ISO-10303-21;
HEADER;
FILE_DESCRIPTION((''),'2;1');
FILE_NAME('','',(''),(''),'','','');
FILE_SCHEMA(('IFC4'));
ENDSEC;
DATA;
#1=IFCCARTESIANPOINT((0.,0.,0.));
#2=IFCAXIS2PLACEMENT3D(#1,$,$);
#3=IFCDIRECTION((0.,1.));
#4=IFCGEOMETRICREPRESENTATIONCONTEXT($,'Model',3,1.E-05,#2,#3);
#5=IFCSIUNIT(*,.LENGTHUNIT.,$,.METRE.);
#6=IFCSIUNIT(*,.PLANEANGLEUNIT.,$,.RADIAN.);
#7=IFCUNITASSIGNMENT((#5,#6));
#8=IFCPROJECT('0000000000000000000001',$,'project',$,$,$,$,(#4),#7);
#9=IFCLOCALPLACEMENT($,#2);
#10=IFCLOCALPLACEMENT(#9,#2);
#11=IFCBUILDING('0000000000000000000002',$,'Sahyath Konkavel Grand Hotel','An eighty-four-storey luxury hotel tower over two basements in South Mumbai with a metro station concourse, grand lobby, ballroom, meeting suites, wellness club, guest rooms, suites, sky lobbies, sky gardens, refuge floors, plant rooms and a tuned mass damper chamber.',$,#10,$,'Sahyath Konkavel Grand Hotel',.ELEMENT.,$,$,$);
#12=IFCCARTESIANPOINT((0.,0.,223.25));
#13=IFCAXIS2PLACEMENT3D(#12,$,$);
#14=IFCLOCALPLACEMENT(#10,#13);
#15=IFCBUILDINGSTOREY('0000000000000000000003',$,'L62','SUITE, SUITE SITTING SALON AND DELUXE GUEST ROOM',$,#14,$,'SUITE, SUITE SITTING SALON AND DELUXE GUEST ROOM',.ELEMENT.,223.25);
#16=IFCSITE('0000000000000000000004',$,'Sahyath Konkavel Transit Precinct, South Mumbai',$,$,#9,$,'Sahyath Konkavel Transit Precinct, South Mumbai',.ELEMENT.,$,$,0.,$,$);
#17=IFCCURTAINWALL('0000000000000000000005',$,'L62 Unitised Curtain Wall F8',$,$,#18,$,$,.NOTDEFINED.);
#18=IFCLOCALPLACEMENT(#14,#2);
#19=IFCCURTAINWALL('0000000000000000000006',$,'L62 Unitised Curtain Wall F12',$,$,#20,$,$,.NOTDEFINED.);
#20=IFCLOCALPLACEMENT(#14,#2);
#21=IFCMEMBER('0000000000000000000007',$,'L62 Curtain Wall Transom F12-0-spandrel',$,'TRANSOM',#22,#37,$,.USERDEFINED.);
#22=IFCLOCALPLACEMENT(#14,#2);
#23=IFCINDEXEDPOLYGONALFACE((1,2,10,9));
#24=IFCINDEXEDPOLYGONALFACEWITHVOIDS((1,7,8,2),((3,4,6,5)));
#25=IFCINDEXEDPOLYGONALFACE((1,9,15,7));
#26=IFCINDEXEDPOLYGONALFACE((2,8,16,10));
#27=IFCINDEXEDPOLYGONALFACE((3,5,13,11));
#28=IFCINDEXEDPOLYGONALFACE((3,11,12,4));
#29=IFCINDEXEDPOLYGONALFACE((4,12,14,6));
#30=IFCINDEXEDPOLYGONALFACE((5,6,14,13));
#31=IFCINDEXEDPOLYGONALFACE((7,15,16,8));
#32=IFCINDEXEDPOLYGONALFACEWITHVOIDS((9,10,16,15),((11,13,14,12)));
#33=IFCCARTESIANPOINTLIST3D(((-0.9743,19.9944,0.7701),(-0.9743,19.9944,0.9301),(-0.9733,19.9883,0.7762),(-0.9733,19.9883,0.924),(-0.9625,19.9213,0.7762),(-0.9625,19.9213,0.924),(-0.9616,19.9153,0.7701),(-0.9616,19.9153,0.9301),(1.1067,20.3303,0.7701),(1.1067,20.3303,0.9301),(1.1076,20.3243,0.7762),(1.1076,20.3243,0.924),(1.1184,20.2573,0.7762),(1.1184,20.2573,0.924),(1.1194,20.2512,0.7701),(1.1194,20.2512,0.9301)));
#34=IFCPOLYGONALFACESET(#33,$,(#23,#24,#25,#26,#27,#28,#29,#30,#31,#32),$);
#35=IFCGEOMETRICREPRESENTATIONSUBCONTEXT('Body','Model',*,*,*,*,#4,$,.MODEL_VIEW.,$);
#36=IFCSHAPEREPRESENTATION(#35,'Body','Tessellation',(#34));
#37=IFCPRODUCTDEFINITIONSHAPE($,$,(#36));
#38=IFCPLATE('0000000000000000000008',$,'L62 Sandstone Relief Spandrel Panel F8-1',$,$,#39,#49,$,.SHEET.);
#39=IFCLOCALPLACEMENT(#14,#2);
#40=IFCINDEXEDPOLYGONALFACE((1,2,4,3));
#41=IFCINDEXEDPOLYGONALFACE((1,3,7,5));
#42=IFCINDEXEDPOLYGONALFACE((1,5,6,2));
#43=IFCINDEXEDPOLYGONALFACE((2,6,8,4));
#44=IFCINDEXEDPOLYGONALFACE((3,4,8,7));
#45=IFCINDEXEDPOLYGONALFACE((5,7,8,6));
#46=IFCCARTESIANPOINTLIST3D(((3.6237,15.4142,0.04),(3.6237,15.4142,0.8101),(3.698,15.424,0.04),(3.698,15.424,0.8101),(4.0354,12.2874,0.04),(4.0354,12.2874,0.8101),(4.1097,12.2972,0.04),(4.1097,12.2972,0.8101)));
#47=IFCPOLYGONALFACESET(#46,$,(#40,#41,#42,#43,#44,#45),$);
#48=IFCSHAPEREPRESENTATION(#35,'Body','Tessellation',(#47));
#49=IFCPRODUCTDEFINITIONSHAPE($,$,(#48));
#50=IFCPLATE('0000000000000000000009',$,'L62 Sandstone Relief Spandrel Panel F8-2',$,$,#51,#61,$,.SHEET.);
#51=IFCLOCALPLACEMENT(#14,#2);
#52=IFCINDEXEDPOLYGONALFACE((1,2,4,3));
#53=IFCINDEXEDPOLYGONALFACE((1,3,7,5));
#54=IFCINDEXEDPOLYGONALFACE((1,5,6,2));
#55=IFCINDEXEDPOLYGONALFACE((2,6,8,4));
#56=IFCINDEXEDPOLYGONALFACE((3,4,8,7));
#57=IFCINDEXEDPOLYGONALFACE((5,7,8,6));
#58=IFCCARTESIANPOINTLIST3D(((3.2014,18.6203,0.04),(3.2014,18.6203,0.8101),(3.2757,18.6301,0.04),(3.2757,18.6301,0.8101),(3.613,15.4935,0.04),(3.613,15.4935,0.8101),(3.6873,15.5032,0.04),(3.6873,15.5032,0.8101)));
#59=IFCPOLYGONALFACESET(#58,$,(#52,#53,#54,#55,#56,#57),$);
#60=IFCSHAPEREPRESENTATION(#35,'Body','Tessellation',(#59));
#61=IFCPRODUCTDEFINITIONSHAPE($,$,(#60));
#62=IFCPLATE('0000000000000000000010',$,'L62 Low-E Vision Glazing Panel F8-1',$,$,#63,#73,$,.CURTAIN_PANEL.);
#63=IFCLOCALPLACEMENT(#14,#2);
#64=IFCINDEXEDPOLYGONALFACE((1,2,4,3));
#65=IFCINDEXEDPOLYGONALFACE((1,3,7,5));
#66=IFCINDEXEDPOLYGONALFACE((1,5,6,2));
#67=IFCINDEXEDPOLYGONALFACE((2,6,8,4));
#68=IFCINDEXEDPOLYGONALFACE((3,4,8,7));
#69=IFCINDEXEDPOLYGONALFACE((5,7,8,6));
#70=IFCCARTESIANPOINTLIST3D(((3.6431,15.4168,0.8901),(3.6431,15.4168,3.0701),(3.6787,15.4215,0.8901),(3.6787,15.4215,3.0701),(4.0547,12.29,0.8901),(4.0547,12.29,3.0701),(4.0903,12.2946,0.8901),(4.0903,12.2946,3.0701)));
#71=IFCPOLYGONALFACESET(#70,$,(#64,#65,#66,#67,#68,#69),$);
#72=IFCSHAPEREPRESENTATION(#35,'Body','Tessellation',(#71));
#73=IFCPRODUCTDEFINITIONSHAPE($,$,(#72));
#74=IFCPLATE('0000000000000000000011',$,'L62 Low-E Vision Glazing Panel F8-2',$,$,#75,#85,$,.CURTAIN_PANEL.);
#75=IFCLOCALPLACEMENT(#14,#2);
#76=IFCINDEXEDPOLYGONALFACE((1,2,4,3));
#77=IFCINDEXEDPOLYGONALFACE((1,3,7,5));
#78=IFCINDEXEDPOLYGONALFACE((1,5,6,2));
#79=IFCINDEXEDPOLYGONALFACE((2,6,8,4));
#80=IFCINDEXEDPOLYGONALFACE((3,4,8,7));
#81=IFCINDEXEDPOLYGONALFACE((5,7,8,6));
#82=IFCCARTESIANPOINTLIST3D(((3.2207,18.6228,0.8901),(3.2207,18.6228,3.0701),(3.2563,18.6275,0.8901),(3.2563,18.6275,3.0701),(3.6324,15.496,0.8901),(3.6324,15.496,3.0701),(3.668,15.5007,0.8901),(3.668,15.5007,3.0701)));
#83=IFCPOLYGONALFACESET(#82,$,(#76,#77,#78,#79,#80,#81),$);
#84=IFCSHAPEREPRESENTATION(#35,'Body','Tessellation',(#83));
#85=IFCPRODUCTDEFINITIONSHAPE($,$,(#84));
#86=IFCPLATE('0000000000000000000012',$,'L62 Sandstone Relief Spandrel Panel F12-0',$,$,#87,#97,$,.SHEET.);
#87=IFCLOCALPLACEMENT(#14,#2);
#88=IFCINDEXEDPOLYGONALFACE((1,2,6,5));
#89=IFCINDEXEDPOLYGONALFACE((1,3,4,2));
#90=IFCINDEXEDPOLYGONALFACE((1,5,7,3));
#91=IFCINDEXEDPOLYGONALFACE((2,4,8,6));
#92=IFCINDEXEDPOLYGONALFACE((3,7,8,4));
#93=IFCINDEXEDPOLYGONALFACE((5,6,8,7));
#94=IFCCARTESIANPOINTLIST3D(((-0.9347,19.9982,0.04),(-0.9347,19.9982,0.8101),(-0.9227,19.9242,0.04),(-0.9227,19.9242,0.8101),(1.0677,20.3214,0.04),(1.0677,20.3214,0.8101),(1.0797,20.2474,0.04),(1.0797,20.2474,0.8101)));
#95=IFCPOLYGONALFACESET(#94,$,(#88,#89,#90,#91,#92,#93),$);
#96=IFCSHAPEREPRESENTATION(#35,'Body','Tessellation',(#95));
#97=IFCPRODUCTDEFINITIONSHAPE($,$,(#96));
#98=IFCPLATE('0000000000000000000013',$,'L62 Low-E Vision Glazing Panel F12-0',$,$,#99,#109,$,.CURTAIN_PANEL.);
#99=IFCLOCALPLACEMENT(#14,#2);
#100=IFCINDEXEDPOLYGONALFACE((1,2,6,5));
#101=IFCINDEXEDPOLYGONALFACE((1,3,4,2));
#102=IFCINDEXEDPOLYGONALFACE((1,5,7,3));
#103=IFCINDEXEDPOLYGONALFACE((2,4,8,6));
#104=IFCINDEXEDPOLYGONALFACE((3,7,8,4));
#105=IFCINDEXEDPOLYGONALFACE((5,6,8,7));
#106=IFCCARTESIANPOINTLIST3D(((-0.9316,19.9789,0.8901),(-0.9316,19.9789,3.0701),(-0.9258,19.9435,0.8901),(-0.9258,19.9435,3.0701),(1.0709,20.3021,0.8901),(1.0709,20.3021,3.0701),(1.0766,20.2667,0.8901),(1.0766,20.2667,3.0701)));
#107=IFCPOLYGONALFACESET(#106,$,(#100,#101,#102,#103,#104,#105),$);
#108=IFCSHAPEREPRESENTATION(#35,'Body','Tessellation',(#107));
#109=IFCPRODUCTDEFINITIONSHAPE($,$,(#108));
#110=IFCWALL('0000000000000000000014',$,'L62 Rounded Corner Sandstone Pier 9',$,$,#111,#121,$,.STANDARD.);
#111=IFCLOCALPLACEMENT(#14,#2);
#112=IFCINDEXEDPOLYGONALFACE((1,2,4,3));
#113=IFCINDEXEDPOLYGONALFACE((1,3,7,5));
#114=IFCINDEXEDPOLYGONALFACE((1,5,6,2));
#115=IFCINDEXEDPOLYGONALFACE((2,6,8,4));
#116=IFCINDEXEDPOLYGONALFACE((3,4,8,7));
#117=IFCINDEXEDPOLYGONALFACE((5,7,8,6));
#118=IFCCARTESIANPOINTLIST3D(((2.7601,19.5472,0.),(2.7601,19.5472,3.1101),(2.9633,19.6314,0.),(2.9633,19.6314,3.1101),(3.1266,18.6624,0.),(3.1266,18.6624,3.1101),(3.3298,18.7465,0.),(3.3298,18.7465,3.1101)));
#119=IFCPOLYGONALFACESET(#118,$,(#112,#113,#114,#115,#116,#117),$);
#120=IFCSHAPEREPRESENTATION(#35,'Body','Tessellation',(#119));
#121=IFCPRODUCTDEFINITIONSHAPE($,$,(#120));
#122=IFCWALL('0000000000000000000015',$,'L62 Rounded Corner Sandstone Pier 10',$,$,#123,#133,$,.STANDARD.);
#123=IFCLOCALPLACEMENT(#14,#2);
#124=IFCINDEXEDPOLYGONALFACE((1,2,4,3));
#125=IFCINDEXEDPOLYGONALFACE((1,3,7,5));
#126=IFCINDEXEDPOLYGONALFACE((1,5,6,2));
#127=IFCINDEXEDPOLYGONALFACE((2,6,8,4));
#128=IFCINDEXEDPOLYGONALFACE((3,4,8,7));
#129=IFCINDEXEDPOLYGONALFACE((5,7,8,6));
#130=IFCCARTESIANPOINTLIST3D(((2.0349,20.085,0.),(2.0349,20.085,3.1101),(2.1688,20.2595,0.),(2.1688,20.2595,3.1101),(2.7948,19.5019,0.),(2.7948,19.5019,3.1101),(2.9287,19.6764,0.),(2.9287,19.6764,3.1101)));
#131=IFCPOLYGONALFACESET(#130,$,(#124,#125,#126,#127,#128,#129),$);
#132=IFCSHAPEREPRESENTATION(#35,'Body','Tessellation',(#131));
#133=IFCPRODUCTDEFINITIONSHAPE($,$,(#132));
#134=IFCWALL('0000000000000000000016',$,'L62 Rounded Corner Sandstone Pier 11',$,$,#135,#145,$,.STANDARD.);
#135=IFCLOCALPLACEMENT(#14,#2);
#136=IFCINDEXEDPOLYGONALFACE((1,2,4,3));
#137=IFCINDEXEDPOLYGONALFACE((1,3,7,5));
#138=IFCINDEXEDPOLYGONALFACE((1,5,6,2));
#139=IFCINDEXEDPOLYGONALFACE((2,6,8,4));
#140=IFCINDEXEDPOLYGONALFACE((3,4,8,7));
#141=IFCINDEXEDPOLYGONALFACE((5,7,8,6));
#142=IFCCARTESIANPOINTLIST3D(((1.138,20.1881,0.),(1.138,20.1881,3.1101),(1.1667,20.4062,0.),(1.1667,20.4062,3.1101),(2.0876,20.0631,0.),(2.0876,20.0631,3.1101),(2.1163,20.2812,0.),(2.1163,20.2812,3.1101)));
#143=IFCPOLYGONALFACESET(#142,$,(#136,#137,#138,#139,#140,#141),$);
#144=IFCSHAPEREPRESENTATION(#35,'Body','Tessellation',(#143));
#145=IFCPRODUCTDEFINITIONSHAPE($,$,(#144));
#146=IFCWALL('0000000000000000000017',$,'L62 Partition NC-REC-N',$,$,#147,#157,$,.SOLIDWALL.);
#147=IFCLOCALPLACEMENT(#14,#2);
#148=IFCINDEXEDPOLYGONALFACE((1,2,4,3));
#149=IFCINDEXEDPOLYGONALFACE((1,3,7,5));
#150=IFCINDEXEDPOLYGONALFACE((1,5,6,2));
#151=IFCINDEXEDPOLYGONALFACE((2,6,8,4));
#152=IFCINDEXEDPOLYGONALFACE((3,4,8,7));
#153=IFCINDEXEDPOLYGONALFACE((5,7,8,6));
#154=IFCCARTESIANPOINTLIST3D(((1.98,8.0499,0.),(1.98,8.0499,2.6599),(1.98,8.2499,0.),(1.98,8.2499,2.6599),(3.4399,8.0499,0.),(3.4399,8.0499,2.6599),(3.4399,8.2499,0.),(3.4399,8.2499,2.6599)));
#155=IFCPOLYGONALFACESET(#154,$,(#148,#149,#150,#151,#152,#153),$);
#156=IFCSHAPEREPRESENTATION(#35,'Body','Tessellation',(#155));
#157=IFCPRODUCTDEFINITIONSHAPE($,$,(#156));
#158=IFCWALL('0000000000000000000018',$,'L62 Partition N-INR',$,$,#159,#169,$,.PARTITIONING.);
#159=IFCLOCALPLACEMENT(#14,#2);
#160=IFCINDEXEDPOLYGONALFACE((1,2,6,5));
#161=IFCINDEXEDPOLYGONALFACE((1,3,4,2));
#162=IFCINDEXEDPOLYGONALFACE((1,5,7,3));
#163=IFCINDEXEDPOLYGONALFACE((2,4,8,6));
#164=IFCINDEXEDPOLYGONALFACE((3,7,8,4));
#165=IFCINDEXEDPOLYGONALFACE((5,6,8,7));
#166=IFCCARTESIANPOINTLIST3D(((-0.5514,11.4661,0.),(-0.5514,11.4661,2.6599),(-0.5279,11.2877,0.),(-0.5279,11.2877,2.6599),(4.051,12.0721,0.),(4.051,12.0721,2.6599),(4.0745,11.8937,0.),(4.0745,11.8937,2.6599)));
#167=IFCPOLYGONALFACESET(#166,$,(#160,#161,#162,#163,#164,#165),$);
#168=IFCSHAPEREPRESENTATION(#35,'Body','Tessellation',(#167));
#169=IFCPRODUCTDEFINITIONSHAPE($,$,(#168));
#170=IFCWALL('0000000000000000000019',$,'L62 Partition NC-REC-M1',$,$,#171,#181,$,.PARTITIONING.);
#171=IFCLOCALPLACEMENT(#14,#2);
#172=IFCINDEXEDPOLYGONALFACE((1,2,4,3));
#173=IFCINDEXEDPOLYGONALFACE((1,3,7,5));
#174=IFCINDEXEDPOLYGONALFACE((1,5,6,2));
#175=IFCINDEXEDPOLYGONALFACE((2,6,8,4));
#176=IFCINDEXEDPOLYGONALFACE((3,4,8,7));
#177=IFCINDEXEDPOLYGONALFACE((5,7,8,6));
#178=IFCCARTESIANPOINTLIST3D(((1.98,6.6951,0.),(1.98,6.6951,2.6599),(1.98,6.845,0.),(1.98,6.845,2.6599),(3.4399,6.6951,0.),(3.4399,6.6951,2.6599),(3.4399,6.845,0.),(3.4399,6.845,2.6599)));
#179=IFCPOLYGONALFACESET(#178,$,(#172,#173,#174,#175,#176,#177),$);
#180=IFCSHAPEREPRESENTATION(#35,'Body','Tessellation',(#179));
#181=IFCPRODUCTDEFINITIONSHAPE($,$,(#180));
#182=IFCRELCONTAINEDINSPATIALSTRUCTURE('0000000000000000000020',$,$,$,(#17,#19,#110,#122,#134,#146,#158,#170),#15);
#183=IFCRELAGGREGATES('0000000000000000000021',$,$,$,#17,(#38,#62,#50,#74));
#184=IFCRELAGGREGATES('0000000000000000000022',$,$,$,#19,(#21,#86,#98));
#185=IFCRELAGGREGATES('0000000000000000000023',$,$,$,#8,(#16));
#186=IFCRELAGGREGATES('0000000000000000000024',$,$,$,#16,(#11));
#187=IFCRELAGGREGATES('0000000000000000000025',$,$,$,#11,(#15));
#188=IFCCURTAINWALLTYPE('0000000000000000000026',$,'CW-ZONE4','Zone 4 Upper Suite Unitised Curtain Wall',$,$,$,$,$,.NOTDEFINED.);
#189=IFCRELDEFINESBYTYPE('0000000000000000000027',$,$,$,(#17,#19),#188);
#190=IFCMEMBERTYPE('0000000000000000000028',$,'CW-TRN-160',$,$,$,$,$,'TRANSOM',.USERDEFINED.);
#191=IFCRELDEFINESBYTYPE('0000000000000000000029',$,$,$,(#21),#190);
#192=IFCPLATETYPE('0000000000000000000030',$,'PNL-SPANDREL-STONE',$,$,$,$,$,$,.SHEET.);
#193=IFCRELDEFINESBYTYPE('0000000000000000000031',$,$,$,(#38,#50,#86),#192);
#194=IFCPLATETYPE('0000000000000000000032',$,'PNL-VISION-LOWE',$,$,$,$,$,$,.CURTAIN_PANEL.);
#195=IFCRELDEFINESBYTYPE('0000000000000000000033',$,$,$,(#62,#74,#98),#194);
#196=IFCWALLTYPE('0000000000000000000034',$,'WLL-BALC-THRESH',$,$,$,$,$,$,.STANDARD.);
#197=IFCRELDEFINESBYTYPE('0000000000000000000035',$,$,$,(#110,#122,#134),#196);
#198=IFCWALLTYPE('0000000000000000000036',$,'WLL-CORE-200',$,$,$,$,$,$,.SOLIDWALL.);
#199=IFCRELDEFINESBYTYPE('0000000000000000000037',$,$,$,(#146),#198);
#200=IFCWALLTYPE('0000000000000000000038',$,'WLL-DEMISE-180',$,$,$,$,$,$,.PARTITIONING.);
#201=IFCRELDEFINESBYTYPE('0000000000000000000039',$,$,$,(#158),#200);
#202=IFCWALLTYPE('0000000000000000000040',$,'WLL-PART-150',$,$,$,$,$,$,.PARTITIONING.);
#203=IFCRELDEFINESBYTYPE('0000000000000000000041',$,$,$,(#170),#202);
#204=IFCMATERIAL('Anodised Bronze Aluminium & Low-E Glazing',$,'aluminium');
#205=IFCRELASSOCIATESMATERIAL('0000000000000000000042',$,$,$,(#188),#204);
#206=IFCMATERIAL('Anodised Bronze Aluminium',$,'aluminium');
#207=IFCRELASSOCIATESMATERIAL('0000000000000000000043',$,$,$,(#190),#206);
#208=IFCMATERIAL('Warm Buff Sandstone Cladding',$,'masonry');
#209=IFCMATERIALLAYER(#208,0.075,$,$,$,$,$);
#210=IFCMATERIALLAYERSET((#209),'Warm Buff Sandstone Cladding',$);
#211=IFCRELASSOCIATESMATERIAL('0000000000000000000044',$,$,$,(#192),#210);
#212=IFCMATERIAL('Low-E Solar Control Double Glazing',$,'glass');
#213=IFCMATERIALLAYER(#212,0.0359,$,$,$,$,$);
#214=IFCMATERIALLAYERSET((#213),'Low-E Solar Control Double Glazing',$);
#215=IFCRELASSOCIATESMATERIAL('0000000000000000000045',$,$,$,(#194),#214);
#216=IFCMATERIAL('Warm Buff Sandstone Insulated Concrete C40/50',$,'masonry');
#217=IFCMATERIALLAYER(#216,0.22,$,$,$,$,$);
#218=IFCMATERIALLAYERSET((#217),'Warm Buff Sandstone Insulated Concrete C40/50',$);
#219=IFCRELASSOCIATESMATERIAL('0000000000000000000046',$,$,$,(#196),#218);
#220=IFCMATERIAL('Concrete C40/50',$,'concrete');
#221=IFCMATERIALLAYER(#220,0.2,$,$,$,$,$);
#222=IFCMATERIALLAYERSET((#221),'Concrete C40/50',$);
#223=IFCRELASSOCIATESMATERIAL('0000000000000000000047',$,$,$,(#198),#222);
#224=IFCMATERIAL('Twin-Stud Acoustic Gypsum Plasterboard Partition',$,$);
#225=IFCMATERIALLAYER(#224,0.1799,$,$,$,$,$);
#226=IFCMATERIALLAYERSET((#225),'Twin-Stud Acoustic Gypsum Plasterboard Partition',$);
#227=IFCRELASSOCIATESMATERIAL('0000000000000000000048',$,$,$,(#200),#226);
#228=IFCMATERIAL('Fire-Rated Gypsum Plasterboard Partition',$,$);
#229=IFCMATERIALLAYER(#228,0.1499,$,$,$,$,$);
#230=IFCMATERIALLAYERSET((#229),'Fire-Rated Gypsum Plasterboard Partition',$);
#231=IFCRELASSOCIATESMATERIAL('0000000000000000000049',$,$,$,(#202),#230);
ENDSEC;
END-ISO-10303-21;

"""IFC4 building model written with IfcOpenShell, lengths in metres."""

from ifc_helpers import new_model, si_unit, direction, frame, frame_2d, origin, origin_2d, place, context, subcontext, project, spatial, rectangle, hollow_rectangle, extrude, source, transform, mapped, material, layer, layer_set, material_profile, profile_set, type_object, element, aggregate, save


model = new_model("IFC4")

# Units and contexts
model_context = context("Model", 3, precision=1e-05, world=origin(), true_north=direction((0.0, 1.0)))
body_context = subcontext(model_context, "Body", "Model", "MODEL_VIEW")
ifc_project = project(units=[si_unit("LENGTHUNIT", "METRE"), si_unit("PLANEANGLEUNIT", "RADIAN")], contexts=[model_context])

# Site, building, storey
site_placement = place(None, origin())
site = spatial("IfcSite", under=ifc_project, at=site_placement, Name="Sahyath Konkavel Transit Precinct, South Mumbai", LongName="Sahyath Konkavel Transit Precinct, South Mumbai", CompositionType="ELEMENT", RefElevation=0.0)
building_placement = place(site_placement, origin())
building = spatial("IfcBuilding", under=site, at=building_placement, Name="Sahyath Konkavel Grand Hotel", Description="An eighty-four-storey luxury hotel tower over two basements in South Mumbai with a metro station concourse, grand lobby, ballroom, meeting suites, wellness club, guest rooms, suites, sky lobbies, sky gardens, refuge floors, plant rooms and a tuned mass damper chamber.", LongName="Sahyath Konkavel Grand Hotel", CompositionType="ELEMENT")
storey_placement = place(building_placement, frame((0.0, 0.0, 223.25)))
storey = spatial("IfcBuildingStorey", under=building, at=storey_placement, Name="L62", Description="SUITE, SUITE SITTING SALON AND DELUXE GUEST ROOM", LongName="SUITE, SUITE SITTING SALON AND DELUXE GUEST ROOM", CompositionType="ELEMENT", Elevation=223.25)

# Shared definitions
ifc_material_1 = material(Name="Concrete C40/50", Category="concrete")

# Curtain wall
ifc_material_2 = material(Name="Anodised Bronze Aluminium & Low-E Glazing", Category="aluminium")
curtain_wall_type = type_object("IfcCurtainWallType", Name="CW-ZONE4", Description="Zone 4 Upper Suite Unitised Curtain Wall", PredefinedType="NOTDEFINED", material=ifc_material_2)
curtain_wall_1_placement = place(storey_placement, origin())
curtain_wall_1 = element("IfcCurtainWall", 1, at=curtain_wall_1_placement, inside=storey, type_object=curtain_wall_type, Name="L62 Unitised Curtain Wall F8", PredefinedType="NOTDEFINED")
ifc_material_3 = material(Name="Anodised Bronze Aluminium", Category="aluminium")

# Curtain wall
curtain_wall_2_placement = place(storey_placement, origin())
curtain_wall_2 = element("IfcCurtainWall", 2, at=curtain_wall_2_placement, inside=storey, type_object=curtain_wall_type, Name="L62 Unitised Curtain Wall F12", PredefinedType="NOTDEFINED")

# Member
ifc_material_profile_1 = material_profile(ifc_material_3, hollow_rectangle(XDim=0.0801, YDim=0.1599, WallThickness=0.0061, at=origin_2d()), Name="RHS 160x80x6")
ifc_profile_set_1 = profile_set([ifc_material_profile_1], Name="Anodised Bronze Aluminium")
member_type_1 = type_object("IfcMemberType", Name="CW-TRN-160", ElementType="TRANSOM", PredefinedType="USERDEFINED", material=ifc_profile_set_1)
shared_shape_1 = source(origin(), body_context, "Body", "SweptSolid", [
    extrude(hollow_rectangle(XDim=0.0801, YDim=0.1599, WallThickness=0.0061, at=origin_2d()), origin(), (0.0, 0.0, 1.0), 2.1079),
])
member_1_placement = place(storey_placement, frame((1.113, 20.2908, 0.8501), z_axis=(-0.98722, -0.159364, 0.0), x_axis=(0.159364, -0.98722, 0.0)))
member_1 = element("IfcMember", 3, at=member_1_placement, type_object=member_type_1, Name="L62 Curtain Wall Transom F12-0-spandrel", ObjectType="TRANSOM", PredefinedType="USERDEFINED", context=body_context, shape_type="MappedRepresentation", body=[
    mapped(shared_shape_1, transform((0.0, 0.0, 0.0), scale=1.0)),
])

# Plates
ifc_material_4 = material(Name="Warm Buff Sandstone Cladding", Category="masonry")
ifc_layer_1 = layer(ifc_material_4, 0.075)
ifc_layer_set_1 = layer_set([ifc_layer_1], Name="Warm Buff Sandstone Cladding")
plate_type_1 = type_object("IfcPlateType", Name="PNL-SPANDREL-STONE", PredefinedType="SHEET", material=ifc_layer_set_1)
shared_shape_2 = source(origin(), body_context, "Body", "SweptSolid", [
    extrude(rectangle(XDim=3.1538, YDim=0.075, at=origin_2d()), origin(), (0.0, 0.0, 1.0), 0.77),
])
plate_1_placement = place(storey_placement, frame((3.8667, 13.8557, 0.04), z_axis=(0.0, 0.0, 1.0), x_axis=(-0.130526, 0.991445, 0.0)))
plate_1 = element("IfcPlate", 4, at=plate_1_placement, type_object=plate_type_1, Name="L62 Sandstone Relief Spandrel Panel F8-1", PredefinedType="SHEET", context=body_context, shape_type="MappedRepresentation", body=[
    mapped(shared_shape_2, transform((0.0, 0.0, 0.0), scale=1.0)),
])
plate_2_placement = place(storey_placement, frame((3.4443, 17.0618, 0.04), z_axis=(0.0, 0.0, 1.0), x_axis=(-0.130526, 0.991445, 0.0)))
plate_2 = element("IfcPlate", 5, at=plate_2_placement, type_object=plate_type_1, Name="L62 Sandstone Relief Spandrel Panel F8-2", PredefinedType="SHEET", context=body_context, shape_type="MappedRepresentation", body=[
    mapped(shared_shape_2, transform((0.0, 0.0, 0.0), scale=1.0)),
])
ifc_material_5 = material(Name="Low-E Solar Control Double Glazing", Category="glass")
ifc_layer_2 = layer(ifc_material_5, 0.0359)
ifc_layer_set_2 = layer_set([ifc_layer_2], Name="Low-E Solar Control Double Glazing")
plate_type_2 = type_object("IfcPlateType", Name="PNL-VISION-LOWE", PredefinedType="CURTAIN_PANEL", material=ifc_layer_set_2)
shared_shape_3 = source(origin(), body_context, "Body", "SweptSolid", [
    extrude(rectangle(XDim=3.1538, YDim=0.0359, at=origin_2d()), origin(), (0.0, 0.0, 1.0), 2.1799),
])
plate_3_placement = place(storey_placement, frame((3.8667, 13.8557, 0.8901), z_axis=(0.0, 0.0, 1.0), x_axis=(-0.130526, 0.991445, 0.0)))
plate_3 = element("IfcPlate", 6, at=plate_3_placement, type_object=plate_type_2, Name="L62 Low-E Vision Glazing Panel F8-1", PredefinedType="CURTAIN_PANEL", context=body_context, shape_type="MappedRepresentation", body=[
    mapped(shared_shape_3, transform((0.0, 0.0, 0.0), scale=1.0)),
])
plate_4_placement = place(storey_placement, frame((3.4443, 17.0618, 0.8901), z_axis=(0.0, 0.0, 1.0), x_axis=(-0.130526, 0.991445, 0.0)))
plate_4 = element("IfcPlate", 7, at=plate_4_placement, type_object=plate_type_2, Name="L62 Low-E Vision Glazing Panel F8-2", PredefinedType="CURTAIN_PANEL", context=body_context, shape_type="MappedRepresentation", body=[
    mapped(shared_shape_3, transform((0.0, 0.0, 0.0), scale=1.0)),
])
aggregate(curtain_wall_1, [plate_1, plate_3, plate_2, plate_4])
shared_shape_4 = source(origin(), body_context, "Body", "SweptSolid", [
    extrude(rectangle(XDim=2.0283, YDim=0.075, at=origin_2d()), origin(), (0.0, 0.0, 1.0), 0.77),
])
plate_5_placement = place(storey_placement, frame((0.0725, 20.1228, 0.04), z_axis=(0.0, 0.0, 1.0), x_axis=(-0.987223, -0.159347, 0.0)))
plate_5 = element("IfcPlate", 8, at=plate_5_placement, type_object=plate_type_1, Name="L62 Sandstone Relief Spandrel Panel F12-0", PredefinedType="SHEET", context=body_context, shape_type="MappedRepresentation", body=[
    mapped(shared_shape_4, transform((0.0, 0.0, 0.0), scale=1.0)),
])
shared_shape_5 = source(origin(), body_context, "Body", "SweptSolid", [
    extrude(rectangle(XDim=2.0283, YDim=0.0359, at=origin_2d()), origin(), (0.0, 0.0, 1.0), 2.1799),
])
plate_6_placement = place(storey_placement, frame((0.0725, 20.1228, 0.8901), z_axis=(0.0, 0.0, 1.0), x_axis=(-0.987223, -0.159347, 0.0)))
plate_6 = element("IfcPlate", 9, at=plate_6_placement, type_object=plate_type_2, Name="L62 Low-E Vision Glazing Panel F12-0", PredefinedType="CURTAIN_PANEL", context=body_context, shape_type="MappedRepresentation", body=[
    mapped(shared_shape_5, transform((0.0, 0.0, 0.0), scale=1.0)),
])
aggregate(curtain_wall_2, [member_1, plate_5, plate_6])

# Walls
ifc_material_6 = material(Name="Warm Buff Sandstone Insulated Concrete C40/50", Category="masonry")
ifc_layer_3 = layer(ifc_material_6, 0.22)
ifc_layer_set_3 = layer_set([ifc_layer_3], Name="Warm Buff Sandstone Insulated Concrete C40/50")
wall_type_1 = type_object("IfcWallType", Name="WLL-BALC-THRESH", PredefinedType="STANDARD", material=ifc_layer_set_3)
for number, where, z_axis, x_axis, name in (
    (10, (3.2283, 18.7043, 0.0), (0.0, 0.0, 1.0), (-0.38266, 0.923889, 0.0), "L62 Rounded Corner Sandstone Pier 9"),
    (11, (2.8618, 19.5891, 0.0), (0.0, 0.0, 1.0), (-0.793344, 0.608774, 0.0), "L62 Rounded Corner Sandstone Pier 10"),
    (12, (2.1021, 20.1721, 0.0), (0.0, 0.0, 1.0), (-0.991445, 0.130527, 0.0), "L62 Rounded Corner Sandstone Pier 11"),
):
    element("IfcWall", number, at=place(storey_placement, frame(where, z_axis=z_axis, x_axis=x_axis)), inside=storey, type_object=wall_type_1, Name=name, PredefinedType="STANDARD", context=body_context, shape_type="SweptSolid", body=[
        extrude(rectangle(XDim=0.9578, YDim=0.22, at=frame_2d((0.479, 0.0))), origin(), (0.0, 0.0, 1.0), 3.1101),
    ])
ifc_layer_4 = layer(ifc_material_1, 0.2)
ifc_layer_set_4 = layer_set([ifc_layer_4], Name="Concrete C40/50")
wall_type_2 = type_object("IfcWallType", Name="WLL-CORE-200", PredefinedType="SOLIDWALL", material=ifc_layer_set_4)
wall_1_placement = place(storey_placement, frame((1.98, 8.1499, 0.0), z_axis=(0.0, 0.0, 1.0), x_axis=(1.0, 0.0, 0.0)))
element("IfcWall", 13, at=wall_1_placement, inside=storey, type_object=wall_type_2, Name="L62 Partition NC-REC-N", PredefinedType="SOLIDWALL", context=body_context, shape_type="SweptSolid", body=[
    extrude(rectangle(XDim=1.46, YDim=0.2, at=frame_2d((0.73, 0.0))), origin(), (0.0, 0.0, 1.0), 2.6599),
])
ifc_material_7 = material(Name="Twin-Stud Acoustic Gypsum Plasterboard Partition")
ifc_layer_5 = layer(ifc_material_7, 0.1799)
ifc_layer_set_5 = layer_set([ifc_layer_5], Name="Twin-Stud Acoustic Gypsum Plasterboard Partition")
wall_type_3 = type_object("IfcWallType", Name="WLL-DEMISE-180", PredefinedType="PARTITIONING", material=ifc_layer_set_5)
wall_2_placement = place(storey_placement, frame((4.0627, 11.9829, 0.0), z_axis=(0.0, 0.0, 1.0), x_axis=(-0.991443, -0.130538, 0.0)))
element("IfcWall", 14, at=wall_2_placement, inside=storey, type_object=wall_type_3, Name="L62 Partition N-INR", PredefinedType="PARTITIONING", context=body_context, shape_type="SweptSolid", body=[
    extrude(rectangle(XDim=4.6421, YDim=0.1799, at=frame_2d((2.321, 0.0))), origin(), (0.0, 0.0, 1.0), 2.6599),
])
ifc_material_8 = material(Name="Fire-Rated Gypsum Plasterboard Partition")
ifc_layer_6 = layer(ifc_material_8, 0.1499)
ifc_layer_set_6 = layer_set([ifc_layer_6], Name="Fire-Rated Gypsum Plasterboard Partition")
wall_type_4 = type_object("IfcWallType", Name="WLL-PART-150", PredefinedType="PARTITIONING", material=ifc_layer_set_6)
wall_3_placement = place(storey_placement, frame((1.98, 6.77, 0.0), z_axis=(0.0, 0.0, 1.0), x_axis=(1.0, 0.0, 0.0)))
element("IfcWall", 15, at=wall_3_placement, inside=storey, type_object=wall_type_4, Name="L62 Partition NC-REC-M1", PredefinedType="PARTITIONING", context=body_context, shape_type="SweptSolid", body=[
    extrude(rectangle(XDim=1.46, YDim=0.1499, at=frame_2d((0.73, 0.0))), origin(), (0.0, 0.0, 1.0), 2.6599),
])

save(model, "model.ifc")
